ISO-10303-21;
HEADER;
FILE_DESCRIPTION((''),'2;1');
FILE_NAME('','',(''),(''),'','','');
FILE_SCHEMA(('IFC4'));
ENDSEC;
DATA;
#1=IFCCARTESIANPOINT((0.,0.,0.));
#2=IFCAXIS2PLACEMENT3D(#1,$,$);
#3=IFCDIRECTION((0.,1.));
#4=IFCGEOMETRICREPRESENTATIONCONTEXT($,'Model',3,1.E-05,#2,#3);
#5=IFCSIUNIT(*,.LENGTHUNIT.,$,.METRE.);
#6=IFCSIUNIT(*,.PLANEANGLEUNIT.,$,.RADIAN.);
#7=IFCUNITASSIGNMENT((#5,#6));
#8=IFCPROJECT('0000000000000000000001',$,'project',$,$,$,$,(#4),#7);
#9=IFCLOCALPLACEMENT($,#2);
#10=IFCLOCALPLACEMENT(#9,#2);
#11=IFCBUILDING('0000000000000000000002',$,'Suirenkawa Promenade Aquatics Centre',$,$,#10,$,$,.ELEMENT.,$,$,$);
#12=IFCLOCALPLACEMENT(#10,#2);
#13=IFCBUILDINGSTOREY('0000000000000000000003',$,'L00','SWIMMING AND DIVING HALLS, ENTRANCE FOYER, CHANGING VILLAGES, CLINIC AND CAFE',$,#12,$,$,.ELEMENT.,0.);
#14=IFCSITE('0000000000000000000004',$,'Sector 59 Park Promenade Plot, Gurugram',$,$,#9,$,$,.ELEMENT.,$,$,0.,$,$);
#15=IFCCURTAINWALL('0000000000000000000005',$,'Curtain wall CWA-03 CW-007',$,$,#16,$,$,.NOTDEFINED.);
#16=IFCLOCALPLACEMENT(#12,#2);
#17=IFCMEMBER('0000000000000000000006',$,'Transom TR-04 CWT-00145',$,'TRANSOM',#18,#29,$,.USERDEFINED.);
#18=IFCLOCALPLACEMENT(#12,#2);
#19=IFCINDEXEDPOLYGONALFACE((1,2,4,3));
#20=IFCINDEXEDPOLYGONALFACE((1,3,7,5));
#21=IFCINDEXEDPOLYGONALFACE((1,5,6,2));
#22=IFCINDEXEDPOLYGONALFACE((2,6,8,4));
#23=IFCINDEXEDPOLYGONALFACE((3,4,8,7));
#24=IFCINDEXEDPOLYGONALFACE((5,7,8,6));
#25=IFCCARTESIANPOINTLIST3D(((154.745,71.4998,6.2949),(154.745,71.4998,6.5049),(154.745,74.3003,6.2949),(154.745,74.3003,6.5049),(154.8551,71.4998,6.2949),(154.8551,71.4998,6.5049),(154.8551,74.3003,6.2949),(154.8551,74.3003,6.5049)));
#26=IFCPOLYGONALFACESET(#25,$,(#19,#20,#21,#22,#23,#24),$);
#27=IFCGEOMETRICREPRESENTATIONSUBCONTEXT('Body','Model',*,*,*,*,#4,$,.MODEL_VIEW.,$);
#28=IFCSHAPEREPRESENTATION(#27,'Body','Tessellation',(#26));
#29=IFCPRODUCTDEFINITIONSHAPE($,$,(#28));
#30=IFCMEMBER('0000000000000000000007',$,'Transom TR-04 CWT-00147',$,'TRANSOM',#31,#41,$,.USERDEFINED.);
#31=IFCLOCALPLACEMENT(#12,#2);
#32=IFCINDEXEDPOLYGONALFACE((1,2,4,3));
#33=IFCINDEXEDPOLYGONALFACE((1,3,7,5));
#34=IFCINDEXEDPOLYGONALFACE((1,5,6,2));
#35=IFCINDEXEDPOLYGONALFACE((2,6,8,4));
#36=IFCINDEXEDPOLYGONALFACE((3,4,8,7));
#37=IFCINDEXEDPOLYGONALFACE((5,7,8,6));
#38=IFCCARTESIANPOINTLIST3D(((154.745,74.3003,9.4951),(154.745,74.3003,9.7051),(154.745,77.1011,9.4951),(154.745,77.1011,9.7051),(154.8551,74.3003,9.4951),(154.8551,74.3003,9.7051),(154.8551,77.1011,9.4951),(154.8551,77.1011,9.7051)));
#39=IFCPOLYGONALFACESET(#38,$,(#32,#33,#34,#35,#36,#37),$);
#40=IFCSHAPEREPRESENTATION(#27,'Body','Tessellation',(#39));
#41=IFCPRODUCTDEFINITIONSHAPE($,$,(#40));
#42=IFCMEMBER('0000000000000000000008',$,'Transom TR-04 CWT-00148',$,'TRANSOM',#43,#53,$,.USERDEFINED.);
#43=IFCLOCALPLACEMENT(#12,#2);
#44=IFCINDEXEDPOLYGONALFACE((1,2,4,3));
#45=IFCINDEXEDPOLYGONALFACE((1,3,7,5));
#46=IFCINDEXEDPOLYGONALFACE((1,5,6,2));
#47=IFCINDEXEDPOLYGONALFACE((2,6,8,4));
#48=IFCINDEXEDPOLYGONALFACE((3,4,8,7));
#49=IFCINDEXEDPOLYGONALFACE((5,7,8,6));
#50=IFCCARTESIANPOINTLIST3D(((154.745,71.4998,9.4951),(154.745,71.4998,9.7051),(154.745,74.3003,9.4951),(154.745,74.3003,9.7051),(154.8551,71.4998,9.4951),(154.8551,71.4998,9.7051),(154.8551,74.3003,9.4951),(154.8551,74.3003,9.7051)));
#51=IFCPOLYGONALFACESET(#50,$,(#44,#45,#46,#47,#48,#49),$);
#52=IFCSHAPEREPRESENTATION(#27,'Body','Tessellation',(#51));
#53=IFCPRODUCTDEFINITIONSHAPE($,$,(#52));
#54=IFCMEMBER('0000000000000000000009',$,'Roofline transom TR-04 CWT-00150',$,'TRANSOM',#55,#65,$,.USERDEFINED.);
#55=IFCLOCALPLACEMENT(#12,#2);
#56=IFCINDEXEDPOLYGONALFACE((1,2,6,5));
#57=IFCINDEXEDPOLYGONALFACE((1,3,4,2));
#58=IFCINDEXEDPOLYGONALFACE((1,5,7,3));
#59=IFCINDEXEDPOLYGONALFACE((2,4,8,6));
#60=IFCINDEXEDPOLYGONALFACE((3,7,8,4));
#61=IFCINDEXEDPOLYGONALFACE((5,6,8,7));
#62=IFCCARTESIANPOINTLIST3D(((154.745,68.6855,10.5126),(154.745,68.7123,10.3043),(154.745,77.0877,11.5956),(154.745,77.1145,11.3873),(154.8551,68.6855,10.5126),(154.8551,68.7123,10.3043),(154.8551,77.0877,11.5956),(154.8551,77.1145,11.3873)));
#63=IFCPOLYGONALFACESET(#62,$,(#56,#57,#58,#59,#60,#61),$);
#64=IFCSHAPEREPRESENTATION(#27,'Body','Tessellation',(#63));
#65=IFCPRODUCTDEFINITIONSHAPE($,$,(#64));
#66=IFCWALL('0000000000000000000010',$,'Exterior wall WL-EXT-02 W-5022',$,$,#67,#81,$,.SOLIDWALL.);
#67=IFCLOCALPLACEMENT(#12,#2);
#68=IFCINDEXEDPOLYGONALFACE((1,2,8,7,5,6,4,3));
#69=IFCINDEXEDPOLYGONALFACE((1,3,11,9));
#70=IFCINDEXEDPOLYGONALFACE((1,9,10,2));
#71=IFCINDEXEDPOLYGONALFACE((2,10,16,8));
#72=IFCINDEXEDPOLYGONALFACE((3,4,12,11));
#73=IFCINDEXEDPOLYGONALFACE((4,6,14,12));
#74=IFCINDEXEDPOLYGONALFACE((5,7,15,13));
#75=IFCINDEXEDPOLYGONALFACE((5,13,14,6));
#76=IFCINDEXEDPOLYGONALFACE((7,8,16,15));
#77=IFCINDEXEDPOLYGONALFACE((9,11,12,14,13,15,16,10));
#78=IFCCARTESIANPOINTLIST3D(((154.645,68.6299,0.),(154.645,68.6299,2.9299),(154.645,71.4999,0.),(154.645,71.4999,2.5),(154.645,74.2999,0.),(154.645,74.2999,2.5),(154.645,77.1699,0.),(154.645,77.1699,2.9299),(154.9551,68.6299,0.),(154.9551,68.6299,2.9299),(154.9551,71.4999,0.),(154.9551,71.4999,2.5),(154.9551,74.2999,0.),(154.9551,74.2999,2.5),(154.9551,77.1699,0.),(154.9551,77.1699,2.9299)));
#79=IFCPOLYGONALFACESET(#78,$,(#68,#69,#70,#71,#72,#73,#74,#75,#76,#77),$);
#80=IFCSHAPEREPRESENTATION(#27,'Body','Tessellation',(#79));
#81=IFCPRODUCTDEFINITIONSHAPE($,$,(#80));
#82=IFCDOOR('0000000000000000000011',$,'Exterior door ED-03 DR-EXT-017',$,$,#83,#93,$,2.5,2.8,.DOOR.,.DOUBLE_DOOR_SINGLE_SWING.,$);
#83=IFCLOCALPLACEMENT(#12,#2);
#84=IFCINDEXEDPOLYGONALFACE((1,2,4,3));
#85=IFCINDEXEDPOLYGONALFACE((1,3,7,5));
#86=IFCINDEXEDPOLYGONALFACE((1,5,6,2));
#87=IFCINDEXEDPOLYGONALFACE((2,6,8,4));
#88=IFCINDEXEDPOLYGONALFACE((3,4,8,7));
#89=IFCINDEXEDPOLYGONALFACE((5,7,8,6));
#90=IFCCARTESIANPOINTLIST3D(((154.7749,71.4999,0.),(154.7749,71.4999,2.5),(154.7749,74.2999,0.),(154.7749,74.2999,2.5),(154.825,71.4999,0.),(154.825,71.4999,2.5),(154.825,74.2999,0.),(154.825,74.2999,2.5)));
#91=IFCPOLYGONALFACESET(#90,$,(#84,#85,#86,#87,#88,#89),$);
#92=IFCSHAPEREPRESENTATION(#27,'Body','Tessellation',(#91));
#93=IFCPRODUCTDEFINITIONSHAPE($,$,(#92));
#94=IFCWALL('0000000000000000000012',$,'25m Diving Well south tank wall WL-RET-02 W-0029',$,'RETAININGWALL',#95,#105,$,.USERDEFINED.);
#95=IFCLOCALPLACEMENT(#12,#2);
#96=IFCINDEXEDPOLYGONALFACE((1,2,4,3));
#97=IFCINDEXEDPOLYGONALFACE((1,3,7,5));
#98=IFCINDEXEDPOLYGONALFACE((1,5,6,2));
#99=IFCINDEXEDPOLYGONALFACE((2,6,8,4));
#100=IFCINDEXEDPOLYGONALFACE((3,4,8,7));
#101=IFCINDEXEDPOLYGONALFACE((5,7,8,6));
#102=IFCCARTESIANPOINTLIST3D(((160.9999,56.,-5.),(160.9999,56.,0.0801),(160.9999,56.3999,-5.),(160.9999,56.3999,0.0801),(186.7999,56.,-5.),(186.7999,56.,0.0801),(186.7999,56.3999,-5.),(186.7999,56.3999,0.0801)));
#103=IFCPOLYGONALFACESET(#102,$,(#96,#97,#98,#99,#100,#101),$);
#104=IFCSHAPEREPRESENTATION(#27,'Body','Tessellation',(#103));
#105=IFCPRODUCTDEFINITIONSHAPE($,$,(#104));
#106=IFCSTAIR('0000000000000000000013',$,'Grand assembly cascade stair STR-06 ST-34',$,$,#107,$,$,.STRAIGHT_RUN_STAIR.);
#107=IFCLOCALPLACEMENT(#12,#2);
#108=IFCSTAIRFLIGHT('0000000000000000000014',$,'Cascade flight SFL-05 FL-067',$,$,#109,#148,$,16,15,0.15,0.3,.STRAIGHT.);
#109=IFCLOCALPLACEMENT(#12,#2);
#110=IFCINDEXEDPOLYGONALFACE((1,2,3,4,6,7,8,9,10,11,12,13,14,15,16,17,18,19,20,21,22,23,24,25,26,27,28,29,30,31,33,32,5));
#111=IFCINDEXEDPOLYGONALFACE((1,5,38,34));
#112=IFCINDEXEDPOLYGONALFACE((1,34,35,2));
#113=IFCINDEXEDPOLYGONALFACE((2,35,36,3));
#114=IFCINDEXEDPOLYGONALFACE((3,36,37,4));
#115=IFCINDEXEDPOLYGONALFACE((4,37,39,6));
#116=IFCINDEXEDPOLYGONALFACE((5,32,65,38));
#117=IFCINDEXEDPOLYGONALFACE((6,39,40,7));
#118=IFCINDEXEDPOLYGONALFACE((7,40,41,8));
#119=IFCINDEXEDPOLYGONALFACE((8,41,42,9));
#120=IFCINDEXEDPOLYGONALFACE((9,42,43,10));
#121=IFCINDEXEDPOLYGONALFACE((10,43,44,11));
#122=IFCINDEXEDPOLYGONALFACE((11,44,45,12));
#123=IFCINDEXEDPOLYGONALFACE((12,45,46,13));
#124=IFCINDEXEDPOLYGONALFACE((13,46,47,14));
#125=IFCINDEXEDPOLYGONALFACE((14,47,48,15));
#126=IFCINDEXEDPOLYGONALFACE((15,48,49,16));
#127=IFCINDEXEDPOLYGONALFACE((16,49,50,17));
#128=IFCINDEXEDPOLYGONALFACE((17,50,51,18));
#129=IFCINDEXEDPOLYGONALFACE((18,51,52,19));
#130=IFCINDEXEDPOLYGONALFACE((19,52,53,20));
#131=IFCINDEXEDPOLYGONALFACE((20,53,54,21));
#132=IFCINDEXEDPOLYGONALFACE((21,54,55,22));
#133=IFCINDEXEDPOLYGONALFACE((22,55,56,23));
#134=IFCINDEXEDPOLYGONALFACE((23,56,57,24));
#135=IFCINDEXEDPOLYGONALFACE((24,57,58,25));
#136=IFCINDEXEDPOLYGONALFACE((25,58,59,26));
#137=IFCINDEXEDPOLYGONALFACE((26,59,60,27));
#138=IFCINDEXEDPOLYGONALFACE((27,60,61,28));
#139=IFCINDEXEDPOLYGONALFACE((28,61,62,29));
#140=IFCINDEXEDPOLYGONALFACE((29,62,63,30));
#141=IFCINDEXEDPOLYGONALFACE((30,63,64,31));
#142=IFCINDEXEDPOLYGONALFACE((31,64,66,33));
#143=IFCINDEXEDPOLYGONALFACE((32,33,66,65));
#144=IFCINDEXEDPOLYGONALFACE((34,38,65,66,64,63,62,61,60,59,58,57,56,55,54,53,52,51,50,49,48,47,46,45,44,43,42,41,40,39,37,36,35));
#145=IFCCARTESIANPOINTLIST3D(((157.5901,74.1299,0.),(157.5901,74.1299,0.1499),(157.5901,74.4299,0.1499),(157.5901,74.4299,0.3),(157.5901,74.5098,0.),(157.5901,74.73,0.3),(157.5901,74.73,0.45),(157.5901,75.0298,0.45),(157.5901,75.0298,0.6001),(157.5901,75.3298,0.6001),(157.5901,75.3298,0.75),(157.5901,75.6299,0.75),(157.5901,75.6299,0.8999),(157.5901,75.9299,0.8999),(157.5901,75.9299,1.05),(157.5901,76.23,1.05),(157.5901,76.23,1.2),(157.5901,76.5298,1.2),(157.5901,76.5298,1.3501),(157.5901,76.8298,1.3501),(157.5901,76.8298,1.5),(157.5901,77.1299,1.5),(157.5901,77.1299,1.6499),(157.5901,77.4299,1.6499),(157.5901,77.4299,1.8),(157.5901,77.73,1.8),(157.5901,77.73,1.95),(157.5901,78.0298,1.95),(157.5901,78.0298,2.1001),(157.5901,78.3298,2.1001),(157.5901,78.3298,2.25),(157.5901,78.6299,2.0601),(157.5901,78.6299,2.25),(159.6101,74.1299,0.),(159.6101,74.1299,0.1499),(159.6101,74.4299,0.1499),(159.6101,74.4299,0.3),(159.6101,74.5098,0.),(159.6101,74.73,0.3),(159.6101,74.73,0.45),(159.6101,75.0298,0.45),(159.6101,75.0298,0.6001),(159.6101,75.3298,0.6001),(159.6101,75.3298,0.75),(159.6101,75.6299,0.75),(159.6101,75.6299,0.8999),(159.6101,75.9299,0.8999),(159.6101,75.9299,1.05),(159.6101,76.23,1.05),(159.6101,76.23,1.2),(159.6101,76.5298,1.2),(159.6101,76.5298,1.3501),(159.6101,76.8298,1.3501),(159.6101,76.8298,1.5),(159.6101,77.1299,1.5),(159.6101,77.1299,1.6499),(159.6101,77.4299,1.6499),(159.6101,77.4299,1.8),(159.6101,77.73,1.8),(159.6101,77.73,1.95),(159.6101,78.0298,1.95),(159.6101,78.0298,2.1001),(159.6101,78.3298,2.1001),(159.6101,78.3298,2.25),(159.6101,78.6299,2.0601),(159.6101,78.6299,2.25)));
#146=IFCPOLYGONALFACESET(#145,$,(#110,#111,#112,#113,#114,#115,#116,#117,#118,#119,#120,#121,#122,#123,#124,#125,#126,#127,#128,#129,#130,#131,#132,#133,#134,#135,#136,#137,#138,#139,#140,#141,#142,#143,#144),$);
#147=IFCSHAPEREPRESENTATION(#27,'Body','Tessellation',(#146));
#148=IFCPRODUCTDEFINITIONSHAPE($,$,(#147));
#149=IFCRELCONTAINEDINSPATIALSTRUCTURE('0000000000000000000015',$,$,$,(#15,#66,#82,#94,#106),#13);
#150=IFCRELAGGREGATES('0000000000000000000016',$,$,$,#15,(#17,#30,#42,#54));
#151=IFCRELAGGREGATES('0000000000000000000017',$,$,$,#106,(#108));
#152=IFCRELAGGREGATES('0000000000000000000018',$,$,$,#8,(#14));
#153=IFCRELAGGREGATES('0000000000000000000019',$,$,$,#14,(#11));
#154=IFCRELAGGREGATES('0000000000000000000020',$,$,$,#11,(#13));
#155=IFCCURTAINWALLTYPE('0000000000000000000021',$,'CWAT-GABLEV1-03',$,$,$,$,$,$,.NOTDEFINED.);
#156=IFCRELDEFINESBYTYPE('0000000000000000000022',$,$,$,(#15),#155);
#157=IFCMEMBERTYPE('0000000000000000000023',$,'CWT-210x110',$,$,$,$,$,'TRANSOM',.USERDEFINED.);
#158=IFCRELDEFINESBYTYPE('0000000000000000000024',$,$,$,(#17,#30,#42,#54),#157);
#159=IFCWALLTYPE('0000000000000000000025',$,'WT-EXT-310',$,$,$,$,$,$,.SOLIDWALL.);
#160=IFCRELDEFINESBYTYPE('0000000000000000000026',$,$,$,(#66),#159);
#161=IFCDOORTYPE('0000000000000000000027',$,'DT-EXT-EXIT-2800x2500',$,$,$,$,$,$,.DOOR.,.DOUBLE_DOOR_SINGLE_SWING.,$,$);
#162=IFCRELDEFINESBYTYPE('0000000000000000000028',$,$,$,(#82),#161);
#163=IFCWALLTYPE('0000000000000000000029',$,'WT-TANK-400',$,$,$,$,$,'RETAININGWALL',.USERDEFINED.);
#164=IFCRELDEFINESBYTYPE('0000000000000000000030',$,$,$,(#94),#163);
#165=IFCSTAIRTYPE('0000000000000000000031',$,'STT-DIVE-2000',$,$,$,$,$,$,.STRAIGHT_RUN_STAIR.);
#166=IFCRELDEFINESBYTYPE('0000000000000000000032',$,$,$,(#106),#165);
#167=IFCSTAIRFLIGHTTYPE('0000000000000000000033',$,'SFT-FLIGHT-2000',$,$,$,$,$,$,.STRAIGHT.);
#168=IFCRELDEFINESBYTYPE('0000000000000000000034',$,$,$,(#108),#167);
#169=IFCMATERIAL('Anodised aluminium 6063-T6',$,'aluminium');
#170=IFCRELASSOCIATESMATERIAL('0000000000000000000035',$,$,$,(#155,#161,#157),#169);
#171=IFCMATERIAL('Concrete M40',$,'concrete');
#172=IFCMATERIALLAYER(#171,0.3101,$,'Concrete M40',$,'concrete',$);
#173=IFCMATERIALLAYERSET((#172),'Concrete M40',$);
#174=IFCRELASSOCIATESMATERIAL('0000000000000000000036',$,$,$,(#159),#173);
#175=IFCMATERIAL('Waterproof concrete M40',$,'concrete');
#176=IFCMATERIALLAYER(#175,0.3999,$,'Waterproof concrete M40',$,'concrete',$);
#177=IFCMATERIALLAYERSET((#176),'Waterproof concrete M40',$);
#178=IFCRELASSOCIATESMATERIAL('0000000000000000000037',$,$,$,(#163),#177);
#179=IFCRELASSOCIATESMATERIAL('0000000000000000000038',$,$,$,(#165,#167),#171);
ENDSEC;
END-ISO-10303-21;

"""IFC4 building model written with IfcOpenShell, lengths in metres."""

from ifc_helpers import new_model, si_unit, direction, frame, frame_2d, origin, origin_2d, place, context, subcontext, project, spatial, polyline, rectangle, outline, extrude, material, layer, layer_set, material_profile, profile_set, type_object, element, fill, aggregate, save


model = new_model("IFC4")

# Units and contexts
model_context = context("Model", 3, precision=1e-05, world=origin(), true_north=direction((0.0, 1.0)))
body_context = subcontext(model_context, "Body", "Model", "MODEL_VIEW")
ifc_project = project(units=[si_unit("LENGTHUNIT", "METRE"), si_unit("PLANEANGLEUNIT", "RADIAN")], contexts=[model_context])

# Site, building, storey
site_placement = place(None, origin())
site = spatial("IfcSite", under=ifc_project, at=site_placement, Name="Sector 59 Park Promenade Plot, Gurugram", CompositionType="ELEMENT", RefElevation=0.0)
building_placement = place(site_placement, origin())
building = spatial("IfcBuilding", under=site, at=building_placement, Name="Suirenkawa Promenade Aquatics Centre", CompositionType="ELEMENT")
storey_placement = place(building_placement, origin())
storey = spatial("IfcBuildingStorey", under=building, at=storey_placement, Name="L00", Description="SWIMMING AND DIVING HALLS, ENTRANCE FOYER, CHANGING VILLAGES, CLINIC AND CAFE", CompositionType="ELEMENT", Elevation=0.0)

# Shared definitions
ifc_material_1 = material(Name="Concrete M40", Category="concrete")

# Curtain wall, members
ifc_material_2 = material(Name="Anodised aluminium 6063-T6", Category="aluminium")
curtain_wall_type = type_object("IfcCurtainWallType", Name="CWAT-GABLEV1-03", PredefinedType="NOTDEFINED", material=ifc_material_2)
curtain_wall_placement = place(storey_placement, origin())
curtain_wall = element("IfcCurtainWall", 1, at=curtain_wall_placement, inside=storey, type_object=curtain_wall_type, Name="Curtain wall CWA-03 CW-007", PredefinedType="NOTDEFINED")
ifc_material_profile_1 = material_profile(ifc_material_2, rectangle(XDim=0.1101, YDim=0.21, at=origin_2d()), Name="ALU TRAN 110x210", Category="aluminium")
ifc_profile_set_1 = profile_set([ifc_material_profile_1], Name="Anodised aluminium 6063-T6")
member_type_1 = type_object("IfcMemberType", Name="CWT-210x110", ElementType="TRANSOM", PredefinedType="USERDEFINED", material=ifc_profile_set_1)
member_1_placement = place(storey_placement, frame((154.8, 74.3003, 6.3999), z_axis=(0.0, -1.0, 0.0), x_axis=(1.0, 0.0, 0.0)))
member_1 = element("IfcMember", 2, at=member_1_placement, type_object=member_type_1, Name="Transom TR-04 CWT-00145", ObjectType="TRANSOM", PredefinedType="USERDEFINED", context=body_context, shape_type="SweptSolid", body=[
    extrude(rectangle(XDim=0.1101, YDim=0.21, at=origin_2d()), origin(), (0.0, 0.0, 1.0), 2.8005),
])
member_2_placement = place(storey_placement, frame((154.8, 77.1011, 9.6001), z_axis=(0.0, -1.0, 0.0), x_axis=(1.0, 0.0, 0.0)))
member_2 = element("IfcMember", 3, at=member_2_placement, type_object=member_type_1, Name="Transom TR-04 CWT-00147", ObjectType="TRANSOM", PredefinedType="USERDEFINED", context=body_context, shape_type="SweptSolid", body=[
    extrude(rectangle(XDim=0.1101, YDim=0.21, at=origin_2d()), origin(), (0.0, 0.0, 1.0), 2.8008),
])
member_3_placement = place(storey_placement, frame((154.8, 74.3003, 9.6001), z_axis=(0.0, -1.0, 0.0), x_axis=(1.0, 0.0, 0.0)))
member_3 = element("IfcMember", 4, at=member_3_placement, type_object=member_type_1, Name="Transom TR-04 CWT-00148", ObjectType="TRANSOM", PredefinedType="USERDEFINED", context=body_context, shape_type="SweptSolid", body=[
    extrude(rectangle(XDim=0.1101, YDim=0.21, at=origin_2d()), origin(), (0.0, 0.0, 1.0), 2.8005),
])
member_4_placement = place(storey_placement, frame((154.8, 77.1011, 11.4915), z_axis=(0.0, -0.991795, -0.12784), x_axis=(1.0, 0.0, 0.0)))
member_4 = element("IfcMember", 5, at=member_4_placement, type_object=member_type_1, Name="Roofline transom TR-04 CWT-00150", ObjectType="TRANSOM", PredefinedType="USERDEFINED", context=body_context, shape_type="SweptSolid", body=[
    extrude(rectangle(XDim=0.1101, YDim=0.21, at=origin_2d()), origin(), (0.0, 0.0, 1.0), 8.4717),
])
aggregate(curtain_wall, [member_1, member_2, member_3, member_4])

# Wall, opening, door
ifc_layer_1 = layer(ifc_material_1, 0.3101, Name="Concrete M40", Category="concrete")
ifc_layer_set_1 = layer_set([ifc_layer_1], Name="Concrete M40")
wall_type_1 = type_object("IfcWallType", Name="WT-EXT-310", PredefinedType="SOLIDWALL", material=ifc_layer_set_1)
wall_1_placement = place(storey_placement, frame((154.8, 77.1699, 0.0), z_axis=(0.0, 0.0, 1.0), x_axis=(0.0, -1.0, 0.0)))
wall_1 = element("IfcWall", 6, at=wall_1_placement, inside=storey, type_object=wall_type_1, Name="Exterior wall WL-EXT-02 W-5022", PredefinedType="SOLIDWALL", context=body_context, shape_type="SweptSolid", body=[
    extrude(rectangle(XDim=8.54, YDim=0.3101, at=frame_2d((4.27, 0.0))), origin(), (0.0, 0.0, 1.0), 2.9299),
])
opening_placement = place(wall_1_placement, frame((2.8701, 0.0, 0.0)))
opening = element("IfcOpeningElement", 7, at=opening_placement, cuts=wall_1, PredefinedType="OPENING", context=body_context, shape_type="SweptSolid", body=[
    extrude(rectangle(XDim=2.8, YDim=2.5, at=frame_2d((1.3999, 1.25))), frame((0.0, 0.165, 0.0), z_axis=(0.0, -1.0, 0.0), x_axis=(1.0, 0.0, 0.0)), (0.0, 0.0, 1.0), 0.3301),
])
door_type = type_object("IfcDoorType", Name="DT-EXT-EXIT-2800x2500", OperationType="DOUBLE_DOOR_SINGLE_SWING", PredefinedType="DOOR", material=ifc_material_2)
door_placement = place(opening_placement, origin())
door = element("IfcDoor", 8, at=door_placement, inside=storey, type_object=door_type, Name="Exterior door ED-03 DR-EXT-017", OperationType="DOUBLE_DOOR_SINGLE_SWING", OverallHeight=2.5, OverallWidth=2.8, PredefinedType="DOOR", context=body_context, shape_type="SweptSolid", body=[
    extrude(rectangle(XDim=2.8, YDim=2.5, at=frame_2d((1.3999, 1.25))), frame((0.0, 0.0249, 0.0), z_axis=(0.0, -1.0, 0.0), x_axis=(1.0, 0.0, 0.0)), (0.0, 0.0, 1.0), 0.05),
])
fill(opening, door)

# Wall
ifc_material_3 = material(Name="Waterproof concrete M40", Category="concrete")
ifc_layer_2 = layer(ifc_material_3, 0.3999, Name="Waterproof concrete M40", Category="concrete")
ifc_layer_set_2 = layer_set([ifc_layer_2], Name="Waterproof concrete M40")
wall_type_2 = type_object("IfcWallType", Name="WT-TANK-400", ElementType="RETAININGWALL", PredefinedType="USERDEFINED", material=ifc_layer_set_2)
wall_2_placement = place(storey_placement, frame((161.0, 56.2, -5.0), z_axis=(0.0, 0.0, 1.0), x_axis=(1.0, 0.0, 0.0)))
element("IfcWall", 9, at=wall_2_placement, inside=storey, type_object=wall_type_2, Name="25m Diving Well south tank wall WL-RET-02 W-0029", ObjectType="RETAININGWALL", PredefinedType="USERDEFINED", context=body_context, shape_type="SweptSolid", body=[
    extrude(rectangle(XDim=25.8, YDim=0.3999, at=frame_2d((12.8999, 0.0))), origin(), (0.0, 0.0, 1.0), 5.0801),
])

# Stair, stair flight
stair_type = type_object("IfcStairType", Name="STT-DIVE-2000", PredefinedType="STRAIGHT_RUN_STAIR", material=ifc_material_1)
stair_placement = place(storey_placement, origin())
stair = element("IfcStair", 10, at=stair_placement, inside=storey, type_object=stair_type, Name="Grand assembly cascade stair STR-06 ST-34", PredefinedType="STRAIGHT_RUN_STAIR")
stair_flight_type = type_object("IfcStairFlightType", Name="SFT-FLIGHT-2000", PredefinedType="STRAIGHT", material=ifc_material_1)
stair_flight_placement = place(storey_placement, frame((158.6001, 74.1299, 0.0), z_axis=(0.0, 0.0, 1.0), x_axis=(0.0, 1.0, 0.0)))
stair_flight = element("IfcStairFlight", 11, at=stair_flight_placement, type_object=stair_flight_type, Name="Cascade flight SFL-05 FL-067", NumberOfRisers=16, NumberOfTreads=15, PredefinedType="STRAIGHT", RiserHeight=0.15, TreadLength=0.3, context=body_context, shape_type="SweptSolid", body=[
    extrude(outline(polyline([(0.0, 0.0), (0.0, 0.1499), (0.3, 0.1499), (0.3, 0.3), (0.6001, 0.3), (0.6001, 0.45), (0.8999, 0.45), (0.8999, 0.6001), (1.2, 0.6001), (1.2, 0.75), (1.5, 0.75), (1.5, 0.8999), (1.8, 0.8999), (1.8, 1.05), (2.1001, 1.05), (2.1001, 1.2), (2.3999, 1.2), (2.3999, 1.3501), (2.7, 1.3501), (2.7, 1.5), (3.0, 1.5), (3.0, 1.6499), (3.3, 1.6499), (3.3, 1.8), (3.6001, 1.8), (3.6001, 1.95), (3.8999, 1.95), (3.8999, 2.1001), (4.2, 2.1001), (4.2, 2.25), (4.5, 2.25), (4.5, 2.3999), (4.5, 2.0601), (0.3799, 0.0), (0.0, 0.0)])), frame((0.0, 1.01, 0.0), z_axis=(0.0, -1.0, 0.0), x_axis=(1.0, 0.0, 0.0)), (0.0, 0.0, 1.0), 2.02),
])
aggregate(stair, [stair_flight])

save(model, "model.ifc")
